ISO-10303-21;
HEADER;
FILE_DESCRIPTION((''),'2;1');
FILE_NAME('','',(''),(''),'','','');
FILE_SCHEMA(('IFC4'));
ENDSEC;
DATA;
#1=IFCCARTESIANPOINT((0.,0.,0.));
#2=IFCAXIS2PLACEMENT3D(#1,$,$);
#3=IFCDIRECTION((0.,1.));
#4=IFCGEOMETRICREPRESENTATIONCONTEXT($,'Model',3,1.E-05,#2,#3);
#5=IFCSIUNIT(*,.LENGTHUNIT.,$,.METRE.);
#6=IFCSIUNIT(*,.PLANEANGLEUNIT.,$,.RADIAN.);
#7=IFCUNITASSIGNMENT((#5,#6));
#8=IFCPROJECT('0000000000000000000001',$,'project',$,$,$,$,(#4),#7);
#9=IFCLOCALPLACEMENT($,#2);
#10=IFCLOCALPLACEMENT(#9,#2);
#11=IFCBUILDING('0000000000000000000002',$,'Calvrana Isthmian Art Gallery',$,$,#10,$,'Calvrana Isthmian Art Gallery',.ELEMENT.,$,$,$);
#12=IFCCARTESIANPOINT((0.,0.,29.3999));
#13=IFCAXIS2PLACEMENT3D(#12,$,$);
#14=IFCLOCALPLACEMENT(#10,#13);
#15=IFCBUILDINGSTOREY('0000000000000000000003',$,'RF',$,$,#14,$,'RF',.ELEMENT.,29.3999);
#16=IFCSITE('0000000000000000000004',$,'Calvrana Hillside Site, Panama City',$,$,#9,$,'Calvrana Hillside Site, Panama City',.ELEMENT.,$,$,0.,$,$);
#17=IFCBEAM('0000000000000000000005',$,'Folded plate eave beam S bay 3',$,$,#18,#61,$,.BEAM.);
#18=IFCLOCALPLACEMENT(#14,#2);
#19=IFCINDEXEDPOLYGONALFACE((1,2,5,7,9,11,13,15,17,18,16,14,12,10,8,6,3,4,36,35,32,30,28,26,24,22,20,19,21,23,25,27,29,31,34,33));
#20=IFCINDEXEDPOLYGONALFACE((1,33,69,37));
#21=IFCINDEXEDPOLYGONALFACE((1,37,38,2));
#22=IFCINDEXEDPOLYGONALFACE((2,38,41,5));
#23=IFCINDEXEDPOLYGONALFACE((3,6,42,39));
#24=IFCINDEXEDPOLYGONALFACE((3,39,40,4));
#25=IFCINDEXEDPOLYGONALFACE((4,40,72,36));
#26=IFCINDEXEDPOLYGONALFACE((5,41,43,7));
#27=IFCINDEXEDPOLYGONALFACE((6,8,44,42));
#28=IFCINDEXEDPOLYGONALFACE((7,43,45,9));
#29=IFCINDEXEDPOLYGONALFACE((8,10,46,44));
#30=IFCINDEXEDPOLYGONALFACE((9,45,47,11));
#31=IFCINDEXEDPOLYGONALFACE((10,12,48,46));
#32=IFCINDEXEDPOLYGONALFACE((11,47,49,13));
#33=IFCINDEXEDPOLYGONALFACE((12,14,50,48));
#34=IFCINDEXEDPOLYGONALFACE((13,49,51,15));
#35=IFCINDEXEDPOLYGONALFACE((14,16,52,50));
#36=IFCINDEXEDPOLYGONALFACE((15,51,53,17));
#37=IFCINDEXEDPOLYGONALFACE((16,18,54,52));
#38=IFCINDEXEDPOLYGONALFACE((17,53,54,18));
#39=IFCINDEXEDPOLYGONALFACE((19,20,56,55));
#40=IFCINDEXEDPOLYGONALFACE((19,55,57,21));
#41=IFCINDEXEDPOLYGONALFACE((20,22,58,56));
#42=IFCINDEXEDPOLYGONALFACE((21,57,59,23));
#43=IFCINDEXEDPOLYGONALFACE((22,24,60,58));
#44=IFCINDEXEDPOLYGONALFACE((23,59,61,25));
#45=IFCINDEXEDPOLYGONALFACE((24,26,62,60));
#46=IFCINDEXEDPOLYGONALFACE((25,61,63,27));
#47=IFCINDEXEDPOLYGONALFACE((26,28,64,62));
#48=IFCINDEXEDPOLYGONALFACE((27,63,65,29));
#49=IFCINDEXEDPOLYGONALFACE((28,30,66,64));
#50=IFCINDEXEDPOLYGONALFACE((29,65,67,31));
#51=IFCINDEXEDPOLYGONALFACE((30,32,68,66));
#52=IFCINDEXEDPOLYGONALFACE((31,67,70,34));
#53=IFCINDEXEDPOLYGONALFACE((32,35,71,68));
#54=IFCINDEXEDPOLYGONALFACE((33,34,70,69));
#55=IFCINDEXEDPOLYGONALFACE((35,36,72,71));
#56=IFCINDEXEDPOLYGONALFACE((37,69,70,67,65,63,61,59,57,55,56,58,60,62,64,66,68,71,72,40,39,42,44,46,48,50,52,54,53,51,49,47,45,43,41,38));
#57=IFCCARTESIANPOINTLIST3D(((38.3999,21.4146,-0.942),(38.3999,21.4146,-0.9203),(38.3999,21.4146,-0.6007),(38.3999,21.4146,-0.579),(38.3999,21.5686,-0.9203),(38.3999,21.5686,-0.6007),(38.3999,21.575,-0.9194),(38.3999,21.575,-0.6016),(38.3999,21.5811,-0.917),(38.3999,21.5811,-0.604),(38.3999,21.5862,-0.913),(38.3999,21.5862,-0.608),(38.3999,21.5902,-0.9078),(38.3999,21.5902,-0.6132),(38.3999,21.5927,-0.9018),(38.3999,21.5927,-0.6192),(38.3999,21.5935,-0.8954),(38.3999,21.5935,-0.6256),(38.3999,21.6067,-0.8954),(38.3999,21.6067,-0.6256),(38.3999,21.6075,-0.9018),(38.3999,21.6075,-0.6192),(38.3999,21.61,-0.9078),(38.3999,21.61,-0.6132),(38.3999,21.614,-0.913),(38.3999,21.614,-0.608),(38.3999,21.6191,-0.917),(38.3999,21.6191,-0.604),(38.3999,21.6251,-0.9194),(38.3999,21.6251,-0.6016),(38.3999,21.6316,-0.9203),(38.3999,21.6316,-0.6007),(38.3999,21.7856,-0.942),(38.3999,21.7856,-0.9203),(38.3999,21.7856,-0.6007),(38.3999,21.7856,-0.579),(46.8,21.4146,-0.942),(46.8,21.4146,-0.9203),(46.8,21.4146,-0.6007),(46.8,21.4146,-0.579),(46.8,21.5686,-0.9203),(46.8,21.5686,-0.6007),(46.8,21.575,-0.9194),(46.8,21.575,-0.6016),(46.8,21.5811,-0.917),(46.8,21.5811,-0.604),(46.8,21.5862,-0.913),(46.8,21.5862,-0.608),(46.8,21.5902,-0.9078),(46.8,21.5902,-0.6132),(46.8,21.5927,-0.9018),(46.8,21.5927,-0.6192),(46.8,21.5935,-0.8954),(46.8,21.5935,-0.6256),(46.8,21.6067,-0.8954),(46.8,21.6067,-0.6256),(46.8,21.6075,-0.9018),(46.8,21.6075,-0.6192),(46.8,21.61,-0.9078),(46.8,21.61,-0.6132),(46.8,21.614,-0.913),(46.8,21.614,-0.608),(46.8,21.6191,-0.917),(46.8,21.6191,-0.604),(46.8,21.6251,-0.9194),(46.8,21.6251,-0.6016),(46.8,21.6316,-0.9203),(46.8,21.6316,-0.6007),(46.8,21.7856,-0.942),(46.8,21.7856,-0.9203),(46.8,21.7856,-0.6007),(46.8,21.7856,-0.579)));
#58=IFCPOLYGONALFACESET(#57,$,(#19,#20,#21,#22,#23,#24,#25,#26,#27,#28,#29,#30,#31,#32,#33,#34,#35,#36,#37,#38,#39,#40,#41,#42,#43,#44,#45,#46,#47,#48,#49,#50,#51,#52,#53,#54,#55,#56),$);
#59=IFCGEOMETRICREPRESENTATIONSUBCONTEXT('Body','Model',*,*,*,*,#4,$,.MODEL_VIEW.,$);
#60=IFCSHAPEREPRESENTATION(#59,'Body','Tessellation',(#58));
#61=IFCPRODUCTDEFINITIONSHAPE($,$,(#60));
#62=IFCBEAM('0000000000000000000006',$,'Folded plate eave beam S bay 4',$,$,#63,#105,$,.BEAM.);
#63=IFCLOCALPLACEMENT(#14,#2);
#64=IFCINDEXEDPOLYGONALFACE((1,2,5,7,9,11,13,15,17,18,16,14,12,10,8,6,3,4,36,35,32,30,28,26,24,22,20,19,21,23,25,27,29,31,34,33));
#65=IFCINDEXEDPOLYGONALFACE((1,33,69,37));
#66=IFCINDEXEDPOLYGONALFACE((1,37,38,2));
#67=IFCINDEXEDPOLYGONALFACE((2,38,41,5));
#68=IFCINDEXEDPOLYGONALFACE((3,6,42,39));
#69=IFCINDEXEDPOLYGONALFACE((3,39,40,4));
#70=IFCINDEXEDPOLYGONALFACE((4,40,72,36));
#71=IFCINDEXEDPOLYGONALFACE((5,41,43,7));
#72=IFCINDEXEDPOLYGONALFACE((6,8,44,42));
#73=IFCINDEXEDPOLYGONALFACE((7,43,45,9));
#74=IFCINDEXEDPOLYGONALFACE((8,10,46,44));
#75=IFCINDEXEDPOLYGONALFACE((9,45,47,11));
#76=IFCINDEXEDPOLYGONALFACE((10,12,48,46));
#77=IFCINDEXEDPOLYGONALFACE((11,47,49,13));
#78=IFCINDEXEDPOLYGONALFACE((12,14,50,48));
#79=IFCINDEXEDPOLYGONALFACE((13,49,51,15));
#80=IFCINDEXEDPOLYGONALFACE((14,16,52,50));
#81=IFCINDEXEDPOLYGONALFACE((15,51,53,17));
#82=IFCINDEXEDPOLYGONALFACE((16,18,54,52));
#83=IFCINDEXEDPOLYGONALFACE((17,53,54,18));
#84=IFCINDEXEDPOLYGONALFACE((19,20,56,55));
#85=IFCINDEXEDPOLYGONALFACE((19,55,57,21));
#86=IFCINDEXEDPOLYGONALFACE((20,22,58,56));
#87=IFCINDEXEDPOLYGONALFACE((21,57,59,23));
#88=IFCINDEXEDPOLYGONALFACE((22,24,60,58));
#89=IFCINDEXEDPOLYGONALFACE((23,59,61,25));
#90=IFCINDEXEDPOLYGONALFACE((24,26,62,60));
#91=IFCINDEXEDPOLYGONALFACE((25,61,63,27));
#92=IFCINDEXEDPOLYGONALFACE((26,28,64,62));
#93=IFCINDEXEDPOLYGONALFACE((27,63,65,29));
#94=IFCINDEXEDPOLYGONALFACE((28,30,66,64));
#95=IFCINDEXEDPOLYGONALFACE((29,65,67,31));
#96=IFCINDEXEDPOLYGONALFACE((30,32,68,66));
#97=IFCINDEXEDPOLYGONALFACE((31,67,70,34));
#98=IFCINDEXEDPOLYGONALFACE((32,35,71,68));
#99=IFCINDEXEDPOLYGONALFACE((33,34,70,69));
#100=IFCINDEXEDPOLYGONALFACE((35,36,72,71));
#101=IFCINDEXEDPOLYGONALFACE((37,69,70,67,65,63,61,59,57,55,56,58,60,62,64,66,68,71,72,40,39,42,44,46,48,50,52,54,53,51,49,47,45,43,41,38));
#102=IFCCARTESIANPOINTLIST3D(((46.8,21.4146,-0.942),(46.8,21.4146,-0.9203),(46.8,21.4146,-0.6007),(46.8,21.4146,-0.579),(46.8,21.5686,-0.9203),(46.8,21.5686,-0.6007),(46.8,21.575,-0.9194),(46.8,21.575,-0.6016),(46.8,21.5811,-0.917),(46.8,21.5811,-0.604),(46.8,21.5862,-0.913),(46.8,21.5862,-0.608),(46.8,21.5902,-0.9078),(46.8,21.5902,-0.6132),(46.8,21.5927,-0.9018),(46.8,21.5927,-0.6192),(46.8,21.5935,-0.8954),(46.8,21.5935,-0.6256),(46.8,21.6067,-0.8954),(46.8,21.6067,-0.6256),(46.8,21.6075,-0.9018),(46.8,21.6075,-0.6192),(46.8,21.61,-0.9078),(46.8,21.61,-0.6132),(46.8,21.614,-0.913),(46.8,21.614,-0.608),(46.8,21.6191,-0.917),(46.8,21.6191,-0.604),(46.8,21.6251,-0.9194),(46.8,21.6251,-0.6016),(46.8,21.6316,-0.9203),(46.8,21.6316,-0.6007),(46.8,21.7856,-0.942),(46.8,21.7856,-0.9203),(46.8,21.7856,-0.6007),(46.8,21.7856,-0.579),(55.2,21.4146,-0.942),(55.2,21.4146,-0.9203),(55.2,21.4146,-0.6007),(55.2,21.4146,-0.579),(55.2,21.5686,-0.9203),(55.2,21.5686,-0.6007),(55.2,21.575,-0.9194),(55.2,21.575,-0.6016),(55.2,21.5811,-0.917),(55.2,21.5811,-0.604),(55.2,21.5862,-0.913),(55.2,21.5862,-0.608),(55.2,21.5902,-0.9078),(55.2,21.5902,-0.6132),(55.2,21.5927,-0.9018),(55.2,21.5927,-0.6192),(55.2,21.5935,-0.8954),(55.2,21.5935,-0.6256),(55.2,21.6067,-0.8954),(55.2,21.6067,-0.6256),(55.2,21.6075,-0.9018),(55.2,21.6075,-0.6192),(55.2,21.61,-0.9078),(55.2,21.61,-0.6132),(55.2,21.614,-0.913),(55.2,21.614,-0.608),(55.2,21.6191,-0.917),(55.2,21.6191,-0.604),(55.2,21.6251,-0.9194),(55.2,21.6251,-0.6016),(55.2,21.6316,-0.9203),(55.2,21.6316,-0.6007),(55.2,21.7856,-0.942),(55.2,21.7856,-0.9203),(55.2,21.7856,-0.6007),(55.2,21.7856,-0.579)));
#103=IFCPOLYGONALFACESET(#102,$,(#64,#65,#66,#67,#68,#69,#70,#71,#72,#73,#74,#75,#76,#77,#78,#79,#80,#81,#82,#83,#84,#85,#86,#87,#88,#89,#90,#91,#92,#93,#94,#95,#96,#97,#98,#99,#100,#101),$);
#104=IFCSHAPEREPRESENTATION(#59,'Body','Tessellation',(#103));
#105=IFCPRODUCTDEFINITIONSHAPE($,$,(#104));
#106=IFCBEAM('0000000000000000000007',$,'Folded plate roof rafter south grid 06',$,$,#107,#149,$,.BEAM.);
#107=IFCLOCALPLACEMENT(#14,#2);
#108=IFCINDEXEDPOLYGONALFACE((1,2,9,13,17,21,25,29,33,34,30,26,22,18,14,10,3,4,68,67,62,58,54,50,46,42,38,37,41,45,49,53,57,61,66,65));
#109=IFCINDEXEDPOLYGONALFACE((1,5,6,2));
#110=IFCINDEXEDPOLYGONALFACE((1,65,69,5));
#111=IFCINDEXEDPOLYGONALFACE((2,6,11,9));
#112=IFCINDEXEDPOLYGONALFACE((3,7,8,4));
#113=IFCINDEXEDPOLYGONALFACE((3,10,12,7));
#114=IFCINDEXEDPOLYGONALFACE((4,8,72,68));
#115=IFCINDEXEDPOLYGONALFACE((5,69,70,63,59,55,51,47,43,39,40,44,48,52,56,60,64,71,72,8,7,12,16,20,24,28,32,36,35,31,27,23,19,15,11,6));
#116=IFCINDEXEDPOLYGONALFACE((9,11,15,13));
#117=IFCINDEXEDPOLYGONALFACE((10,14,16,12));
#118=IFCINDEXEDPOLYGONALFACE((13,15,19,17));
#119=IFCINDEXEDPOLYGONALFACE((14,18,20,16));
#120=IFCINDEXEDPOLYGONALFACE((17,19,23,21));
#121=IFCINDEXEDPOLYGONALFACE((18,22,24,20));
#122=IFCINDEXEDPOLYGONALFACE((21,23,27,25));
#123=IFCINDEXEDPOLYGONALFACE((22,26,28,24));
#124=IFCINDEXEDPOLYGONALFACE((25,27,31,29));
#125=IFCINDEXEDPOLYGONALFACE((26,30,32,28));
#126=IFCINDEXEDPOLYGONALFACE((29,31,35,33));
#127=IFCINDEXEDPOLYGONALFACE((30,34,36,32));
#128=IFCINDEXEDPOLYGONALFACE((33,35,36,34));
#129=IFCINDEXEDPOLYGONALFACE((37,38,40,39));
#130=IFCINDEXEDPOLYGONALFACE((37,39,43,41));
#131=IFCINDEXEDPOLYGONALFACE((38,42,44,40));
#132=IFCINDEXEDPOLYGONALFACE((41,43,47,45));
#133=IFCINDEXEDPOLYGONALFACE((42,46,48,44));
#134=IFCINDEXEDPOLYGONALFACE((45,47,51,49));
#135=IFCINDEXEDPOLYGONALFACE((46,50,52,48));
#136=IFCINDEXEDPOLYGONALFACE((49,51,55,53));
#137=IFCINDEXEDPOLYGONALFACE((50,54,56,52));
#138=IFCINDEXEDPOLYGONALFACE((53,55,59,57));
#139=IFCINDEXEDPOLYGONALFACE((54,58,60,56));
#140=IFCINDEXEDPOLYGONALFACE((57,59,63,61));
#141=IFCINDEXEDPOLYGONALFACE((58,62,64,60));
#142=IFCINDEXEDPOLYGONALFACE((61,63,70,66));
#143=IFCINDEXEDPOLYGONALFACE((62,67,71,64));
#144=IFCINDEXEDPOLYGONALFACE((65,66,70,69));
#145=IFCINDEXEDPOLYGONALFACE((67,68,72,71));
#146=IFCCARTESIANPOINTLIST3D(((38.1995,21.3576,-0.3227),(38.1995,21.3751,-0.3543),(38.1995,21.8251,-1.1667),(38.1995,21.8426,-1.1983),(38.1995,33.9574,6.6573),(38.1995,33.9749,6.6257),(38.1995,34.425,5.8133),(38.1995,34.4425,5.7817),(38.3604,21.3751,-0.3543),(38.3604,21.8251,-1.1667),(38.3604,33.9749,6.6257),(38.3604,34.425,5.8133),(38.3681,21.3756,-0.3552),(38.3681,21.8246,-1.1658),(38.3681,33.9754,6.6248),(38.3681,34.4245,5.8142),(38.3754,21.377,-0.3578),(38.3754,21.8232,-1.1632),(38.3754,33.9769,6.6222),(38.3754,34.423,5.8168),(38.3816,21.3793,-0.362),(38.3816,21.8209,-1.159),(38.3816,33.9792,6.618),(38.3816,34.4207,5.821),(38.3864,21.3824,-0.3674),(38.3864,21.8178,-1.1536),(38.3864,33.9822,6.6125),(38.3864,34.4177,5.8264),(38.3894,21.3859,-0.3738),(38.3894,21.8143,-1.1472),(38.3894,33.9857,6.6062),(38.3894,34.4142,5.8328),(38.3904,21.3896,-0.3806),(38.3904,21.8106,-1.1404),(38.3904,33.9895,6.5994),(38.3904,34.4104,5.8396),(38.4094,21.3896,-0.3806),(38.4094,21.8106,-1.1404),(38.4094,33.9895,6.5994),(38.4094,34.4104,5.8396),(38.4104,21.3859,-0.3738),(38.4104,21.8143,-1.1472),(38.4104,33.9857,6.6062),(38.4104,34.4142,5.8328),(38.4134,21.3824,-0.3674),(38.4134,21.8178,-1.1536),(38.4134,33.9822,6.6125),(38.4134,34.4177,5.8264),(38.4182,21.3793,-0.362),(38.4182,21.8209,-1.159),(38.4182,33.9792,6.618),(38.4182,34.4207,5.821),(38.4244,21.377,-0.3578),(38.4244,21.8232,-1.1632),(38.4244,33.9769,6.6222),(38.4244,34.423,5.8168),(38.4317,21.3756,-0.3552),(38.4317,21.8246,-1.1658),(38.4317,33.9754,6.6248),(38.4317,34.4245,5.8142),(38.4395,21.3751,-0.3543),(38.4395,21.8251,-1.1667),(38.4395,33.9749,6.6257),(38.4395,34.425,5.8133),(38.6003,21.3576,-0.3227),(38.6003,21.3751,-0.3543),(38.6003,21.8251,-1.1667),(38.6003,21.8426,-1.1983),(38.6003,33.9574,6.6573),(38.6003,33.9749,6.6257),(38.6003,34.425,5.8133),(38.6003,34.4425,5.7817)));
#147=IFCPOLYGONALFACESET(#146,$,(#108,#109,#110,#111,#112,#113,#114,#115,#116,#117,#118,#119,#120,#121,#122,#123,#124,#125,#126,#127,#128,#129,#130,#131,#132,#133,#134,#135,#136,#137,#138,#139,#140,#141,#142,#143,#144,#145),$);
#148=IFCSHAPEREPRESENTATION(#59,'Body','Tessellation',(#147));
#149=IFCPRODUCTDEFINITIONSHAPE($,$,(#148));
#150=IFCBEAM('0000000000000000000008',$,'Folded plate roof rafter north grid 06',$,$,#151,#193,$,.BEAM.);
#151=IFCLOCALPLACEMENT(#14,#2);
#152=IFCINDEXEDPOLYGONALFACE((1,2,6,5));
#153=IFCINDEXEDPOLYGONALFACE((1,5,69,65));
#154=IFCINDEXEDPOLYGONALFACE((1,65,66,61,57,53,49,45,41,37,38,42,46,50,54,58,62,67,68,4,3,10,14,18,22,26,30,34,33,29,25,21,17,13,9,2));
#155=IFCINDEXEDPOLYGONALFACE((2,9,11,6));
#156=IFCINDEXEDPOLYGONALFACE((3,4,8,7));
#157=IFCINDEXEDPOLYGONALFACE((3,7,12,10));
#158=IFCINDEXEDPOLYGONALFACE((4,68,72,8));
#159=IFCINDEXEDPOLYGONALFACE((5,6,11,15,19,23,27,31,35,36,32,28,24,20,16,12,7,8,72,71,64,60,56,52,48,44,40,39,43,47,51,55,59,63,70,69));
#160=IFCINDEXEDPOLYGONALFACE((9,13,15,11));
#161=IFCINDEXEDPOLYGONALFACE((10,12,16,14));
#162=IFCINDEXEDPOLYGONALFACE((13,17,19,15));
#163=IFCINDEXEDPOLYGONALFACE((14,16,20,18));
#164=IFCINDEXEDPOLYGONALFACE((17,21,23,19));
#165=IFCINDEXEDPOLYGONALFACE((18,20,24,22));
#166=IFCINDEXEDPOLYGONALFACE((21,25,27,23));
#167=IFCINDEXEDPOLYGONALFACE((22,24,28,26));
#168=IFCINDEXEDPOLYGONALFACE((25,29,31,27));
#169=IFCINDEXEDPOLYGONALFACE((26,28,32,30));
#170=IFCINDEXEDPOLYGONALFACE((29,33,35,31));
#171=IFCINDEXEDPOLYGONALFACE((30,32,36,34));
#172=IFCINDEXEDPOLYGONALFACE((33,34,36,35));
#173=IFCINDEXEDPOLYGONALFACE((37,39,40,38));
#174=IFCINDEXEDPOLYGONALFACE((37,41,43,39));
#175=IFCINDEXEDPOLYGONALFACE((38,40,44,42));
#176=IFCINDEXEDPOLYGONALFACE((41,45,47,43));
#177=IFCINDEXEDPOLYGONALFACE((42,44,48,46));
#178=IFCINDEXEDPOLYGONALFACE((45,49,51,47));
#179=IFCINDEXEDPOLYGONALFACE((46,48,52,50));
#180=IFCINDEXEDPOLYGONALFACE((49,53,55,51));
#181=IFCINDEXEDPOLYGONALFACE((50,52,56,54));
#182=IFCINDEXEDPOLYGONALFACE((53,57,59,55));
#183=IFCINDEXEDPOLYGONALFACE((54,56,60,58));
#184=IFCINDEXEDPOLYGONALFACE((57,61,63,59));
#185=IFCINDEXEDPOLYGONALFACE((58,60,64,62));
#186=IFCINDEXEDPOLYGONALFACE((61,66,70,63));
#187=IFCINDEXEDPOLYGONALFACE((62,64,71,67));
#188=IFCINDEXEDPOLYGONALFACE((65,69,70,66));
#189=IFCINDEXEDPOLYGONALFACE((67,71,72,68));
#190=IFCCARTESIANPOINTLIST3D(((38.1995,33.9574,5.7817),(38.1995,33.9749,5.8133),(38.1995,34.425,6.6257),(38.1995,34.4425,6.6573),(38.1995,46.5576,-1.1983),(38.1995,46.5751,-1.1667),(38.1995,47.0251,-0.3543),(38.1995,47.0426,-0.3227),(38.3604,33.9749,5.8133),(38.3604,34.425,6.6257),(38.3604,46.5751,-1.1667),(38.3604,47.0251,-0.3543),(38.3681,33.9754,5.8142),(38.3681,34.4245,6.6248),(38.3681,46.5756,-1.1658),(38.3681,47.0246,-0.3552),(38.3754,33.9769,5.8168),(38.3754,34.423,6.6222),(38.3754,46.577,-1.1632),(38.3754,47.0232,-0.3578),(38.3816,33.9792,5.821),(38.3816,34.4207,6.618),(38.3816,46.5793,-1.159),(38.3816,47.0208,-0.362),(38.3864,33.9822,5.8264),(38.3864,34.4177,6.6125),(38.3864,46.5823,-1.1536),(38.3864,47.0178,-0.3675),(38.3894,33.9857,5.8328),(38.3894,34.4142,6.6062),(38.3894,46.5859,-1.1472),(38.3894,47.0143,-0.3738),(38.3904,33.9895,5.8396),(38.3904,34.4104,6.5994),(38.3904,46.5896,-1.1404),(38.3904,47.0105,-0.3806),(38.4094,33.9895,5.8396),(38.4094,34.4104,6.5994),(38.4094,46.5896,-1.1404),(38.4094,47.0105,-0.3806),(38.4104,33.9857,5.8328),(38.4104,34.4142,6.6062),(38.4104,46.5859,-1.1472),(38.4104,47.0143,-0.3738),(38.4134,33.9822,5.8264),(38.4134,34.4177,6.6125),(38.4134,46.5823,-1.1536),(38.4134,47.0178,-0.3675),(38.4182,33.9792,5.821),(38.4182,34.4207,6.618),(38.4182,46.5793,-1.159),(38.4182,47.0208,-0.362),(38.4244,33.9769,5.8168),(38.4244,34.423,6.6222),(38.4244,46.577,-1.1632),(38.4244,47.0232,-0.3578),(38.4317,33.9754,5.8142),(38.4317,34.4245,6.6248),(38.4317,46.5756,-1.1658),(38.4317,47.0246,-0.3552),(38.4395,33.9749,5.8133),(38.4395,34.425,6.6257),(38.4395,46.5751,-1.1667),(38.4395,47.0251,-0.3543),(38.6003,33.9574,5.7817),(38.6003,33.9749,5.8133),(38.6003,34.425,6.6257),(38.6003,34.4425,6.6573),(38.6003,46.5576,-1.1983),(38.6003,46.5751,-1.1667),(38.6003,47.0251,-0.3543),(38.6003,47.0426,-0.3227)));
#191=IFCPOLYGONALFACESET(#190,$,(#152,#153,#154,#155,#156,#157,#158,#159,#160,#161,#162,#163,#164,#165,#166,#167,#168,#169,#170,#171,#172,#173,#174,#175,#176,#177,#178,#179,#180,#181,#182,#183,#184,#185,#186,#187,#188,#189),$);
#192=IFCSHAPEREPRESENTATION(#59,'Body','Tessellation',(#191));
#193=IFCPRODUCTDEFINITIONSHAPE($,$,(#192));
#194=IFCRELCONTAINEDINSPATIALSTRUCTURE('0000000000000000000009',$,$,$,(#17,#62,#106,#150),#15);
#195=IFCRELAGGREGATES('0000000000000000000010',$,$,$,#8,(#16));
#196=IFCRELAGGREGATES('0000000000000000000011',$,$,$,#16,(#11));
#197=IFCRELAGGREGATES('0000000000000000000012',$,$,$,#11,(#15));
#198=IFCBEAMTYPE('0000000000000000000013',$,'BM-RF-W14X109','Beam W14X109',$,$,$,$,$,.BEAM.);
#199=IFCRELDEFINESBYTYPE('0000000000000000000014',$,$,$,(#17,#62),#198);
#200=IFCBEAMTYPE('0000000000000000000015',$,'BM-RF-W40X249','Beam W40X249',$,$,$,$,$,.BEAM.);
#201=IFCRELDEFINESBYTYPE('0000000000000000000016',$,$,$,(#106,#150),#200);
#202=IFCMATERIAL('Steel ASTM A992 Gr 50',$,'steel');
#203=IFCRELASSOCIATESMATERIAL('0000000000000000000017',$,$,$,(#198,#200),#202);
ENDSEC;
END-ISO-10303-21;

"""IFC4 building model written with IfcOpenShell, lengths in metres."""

from ifc_helpers import new_model, si_unit, direction, frame, origin, origin_2d, place, context, subcontext, project, spatial, i_section, extrude, material, material_profile, profile_set, type_object, element, save


model = new_model("IFC4")

# Units and contexts
model_context = context("Model", 3, precision=1e-05, world=origin(), true_north=direction((0.0, 1.0)))
body_context = subcontext(model_context, "Body", "Model", "MODEL_VIEW")
ifc_project = project(units=[si_unit("LENGTHUNIT", "METRE"), si_unit("PLANEANGLEUNIT", "RADIAN")], contexts=[model_context])

# Site, building, storey
site_placement = place(None, origin())
site = spatial("IfcSite", under=ifc_project, at=site_placement, Name="Calvrana Hillside Site, Panama City", LongName="Calvrana Hillside Site, Panama City", CompositionType="ELEMENT", RefElevation=0.0)
building_placement = place(site_placement, origin())
building = spatial("IfcBuilding", under=site, at=building_placement, Name="Calvrana Isthmian Art Gallery", LongName="Calvrana Isthmian Art Gallery", CompositionType="ELEMENT")
storey_placement = place(building_placement, frame((0.0, 0.0, 29.3999)))
storey = spatial("IfcBuildingStorey", under=building, at=storey_placement, Name="RF", LongName="RF", CompositionType="ELEMENT", Elevation=29.3999)

# Beams
ifc_material_1 = material(Name="Steel ASTM A992 Gr 50", Category="steel")
ifc_material_profile_1 = material_profile(ifc_material_1, i_section(OverallWidth=0.3711, OverallDepth=0.363, WebThickness=0.0132, FlangeThickness=0.0217, FilletRadius=0.0249, at=origin_2d()), Name="W14X109")
ifc_profile_set_1 = profile_set([ifc_material_profile_1], Name="Steel ASTM A992 Gr 50")
beam_type_1 = type_object("IfcBeamType", Name="BM-RF-W14X109", Description="Beam W14X109", PredefinedType="BEAM", material=ifc_profile_set_1)
beam_1_placement = place(storey_placement, frame((38.3999, 21.6001, -0.7605), z_axis=(1.0, 0.0, 0.0), x_axis=(0.0, 1.0, 0.0)))
element("IfcBeam", 1, at=beam_1_placement, inside=storey, type_object=beam_type_1, Name="Folded plate eave beam S bay 3", PredefinedType="BEAM", context=body_context, shape_type="SweptSolid", body=[
    extrude(i_section(OverallWidth=0.3711, OverallDepth=0.363, WebThickness=0.0132, FlangeThickness=0.0217, FilletRadius=0.0249, at=origin_2d()), origin(), (0.0, 0.0, 1.0), 8.4001),
])
beam_2_placement = place(storey_placement, frame((46.8, 21.6001, -0.7605), z_axis=(1.0, 0.0, 0.0), x_axis=(0.0, 1.0, 0.0)))
element("IfcBeam", 2, at=beam_2_placement, inside=storey, type_object=beam_type_1, Name="Folded plate eave beam S bay 4", PredefinedType="BEAM", context=body_context, shape_type="SweptSolid", body=[
    extrude(i_section(OverallWidth=0.3711, OverallDepth=0.363, WebThickness=0.0132, FlangeThickness=0.0217, FilletRadius=0.0249, at=origin_2d()), origin(), (0.0, 0.0, 1.0), 8.3999),
])
ifc_material_profile_2 = material_profile(ifc_material_1, i_section(OverallWidth=0.4009, OverallDepth=1.001, WebThickness=0.019, FlangeThickness=0.0361, FilletRadius=0.03, at=origin_2d()), Name="W40X249")
ifc_profile_set_2 = profile_set([ifc_material_profile_2], Name="Steel ASTM A992 Gr 50")
beam_type_2 = type_object("IfcBeamType", Name="BM-RF-W40X249", Description="Beam W40X249", PredefinedType="BEAM", material=ifc_profile_set_2)
beam_3_placement = place(storey_placement, frame((38.3999, 21.6001, -0.7605), z_axis=(0.0, 0.874744, 0.484585), x_axis=(-1.0, 0.0, 0.0)))
element("IfcBeam", 3, at=beam_3_placement, inside=storey, type_object=beam_type_2, Name="Folded plate roof rafter south grid 06", PredefinedType="BEAM", context=body_context, shape_type="SweptSolid", body=[
    extrude(i_section(OverallWidth=0.4009, OverallDepth=1.001, WebThickness=0.019, FlangeThickness=0.0361, FilletRadius=0.03, at=origin_2d()), origin(), (0.0, 0.0, 1.0), 14.4041),
])
beam_4_placement = place(storey_placement, frame((38.3999, 34.2, 6.2195), z_axis=(0.0, 0.874748, -0.484578), x_axis=(-1.0, 0.0, 0.0)))
element("IfcBeam", 4, at=beam_4_placement, inside=storey, type_object=beam_type_2, Name="Folded plate roof rafter north grid 06", PredefinedType="BEAM", context=body_context, shape_type="SweptSolid", body=[
    extrude(i_section(OverallWidth=0.4009, OverallDepth=1.001, WebThickness=0.019, FlangeThickness=0.0361, FilletRadius=0.03, at=origin_2d()), origin(), (0.0, 0.0, 1.0), 14.4043),
])

save(model, "model.ifc")
